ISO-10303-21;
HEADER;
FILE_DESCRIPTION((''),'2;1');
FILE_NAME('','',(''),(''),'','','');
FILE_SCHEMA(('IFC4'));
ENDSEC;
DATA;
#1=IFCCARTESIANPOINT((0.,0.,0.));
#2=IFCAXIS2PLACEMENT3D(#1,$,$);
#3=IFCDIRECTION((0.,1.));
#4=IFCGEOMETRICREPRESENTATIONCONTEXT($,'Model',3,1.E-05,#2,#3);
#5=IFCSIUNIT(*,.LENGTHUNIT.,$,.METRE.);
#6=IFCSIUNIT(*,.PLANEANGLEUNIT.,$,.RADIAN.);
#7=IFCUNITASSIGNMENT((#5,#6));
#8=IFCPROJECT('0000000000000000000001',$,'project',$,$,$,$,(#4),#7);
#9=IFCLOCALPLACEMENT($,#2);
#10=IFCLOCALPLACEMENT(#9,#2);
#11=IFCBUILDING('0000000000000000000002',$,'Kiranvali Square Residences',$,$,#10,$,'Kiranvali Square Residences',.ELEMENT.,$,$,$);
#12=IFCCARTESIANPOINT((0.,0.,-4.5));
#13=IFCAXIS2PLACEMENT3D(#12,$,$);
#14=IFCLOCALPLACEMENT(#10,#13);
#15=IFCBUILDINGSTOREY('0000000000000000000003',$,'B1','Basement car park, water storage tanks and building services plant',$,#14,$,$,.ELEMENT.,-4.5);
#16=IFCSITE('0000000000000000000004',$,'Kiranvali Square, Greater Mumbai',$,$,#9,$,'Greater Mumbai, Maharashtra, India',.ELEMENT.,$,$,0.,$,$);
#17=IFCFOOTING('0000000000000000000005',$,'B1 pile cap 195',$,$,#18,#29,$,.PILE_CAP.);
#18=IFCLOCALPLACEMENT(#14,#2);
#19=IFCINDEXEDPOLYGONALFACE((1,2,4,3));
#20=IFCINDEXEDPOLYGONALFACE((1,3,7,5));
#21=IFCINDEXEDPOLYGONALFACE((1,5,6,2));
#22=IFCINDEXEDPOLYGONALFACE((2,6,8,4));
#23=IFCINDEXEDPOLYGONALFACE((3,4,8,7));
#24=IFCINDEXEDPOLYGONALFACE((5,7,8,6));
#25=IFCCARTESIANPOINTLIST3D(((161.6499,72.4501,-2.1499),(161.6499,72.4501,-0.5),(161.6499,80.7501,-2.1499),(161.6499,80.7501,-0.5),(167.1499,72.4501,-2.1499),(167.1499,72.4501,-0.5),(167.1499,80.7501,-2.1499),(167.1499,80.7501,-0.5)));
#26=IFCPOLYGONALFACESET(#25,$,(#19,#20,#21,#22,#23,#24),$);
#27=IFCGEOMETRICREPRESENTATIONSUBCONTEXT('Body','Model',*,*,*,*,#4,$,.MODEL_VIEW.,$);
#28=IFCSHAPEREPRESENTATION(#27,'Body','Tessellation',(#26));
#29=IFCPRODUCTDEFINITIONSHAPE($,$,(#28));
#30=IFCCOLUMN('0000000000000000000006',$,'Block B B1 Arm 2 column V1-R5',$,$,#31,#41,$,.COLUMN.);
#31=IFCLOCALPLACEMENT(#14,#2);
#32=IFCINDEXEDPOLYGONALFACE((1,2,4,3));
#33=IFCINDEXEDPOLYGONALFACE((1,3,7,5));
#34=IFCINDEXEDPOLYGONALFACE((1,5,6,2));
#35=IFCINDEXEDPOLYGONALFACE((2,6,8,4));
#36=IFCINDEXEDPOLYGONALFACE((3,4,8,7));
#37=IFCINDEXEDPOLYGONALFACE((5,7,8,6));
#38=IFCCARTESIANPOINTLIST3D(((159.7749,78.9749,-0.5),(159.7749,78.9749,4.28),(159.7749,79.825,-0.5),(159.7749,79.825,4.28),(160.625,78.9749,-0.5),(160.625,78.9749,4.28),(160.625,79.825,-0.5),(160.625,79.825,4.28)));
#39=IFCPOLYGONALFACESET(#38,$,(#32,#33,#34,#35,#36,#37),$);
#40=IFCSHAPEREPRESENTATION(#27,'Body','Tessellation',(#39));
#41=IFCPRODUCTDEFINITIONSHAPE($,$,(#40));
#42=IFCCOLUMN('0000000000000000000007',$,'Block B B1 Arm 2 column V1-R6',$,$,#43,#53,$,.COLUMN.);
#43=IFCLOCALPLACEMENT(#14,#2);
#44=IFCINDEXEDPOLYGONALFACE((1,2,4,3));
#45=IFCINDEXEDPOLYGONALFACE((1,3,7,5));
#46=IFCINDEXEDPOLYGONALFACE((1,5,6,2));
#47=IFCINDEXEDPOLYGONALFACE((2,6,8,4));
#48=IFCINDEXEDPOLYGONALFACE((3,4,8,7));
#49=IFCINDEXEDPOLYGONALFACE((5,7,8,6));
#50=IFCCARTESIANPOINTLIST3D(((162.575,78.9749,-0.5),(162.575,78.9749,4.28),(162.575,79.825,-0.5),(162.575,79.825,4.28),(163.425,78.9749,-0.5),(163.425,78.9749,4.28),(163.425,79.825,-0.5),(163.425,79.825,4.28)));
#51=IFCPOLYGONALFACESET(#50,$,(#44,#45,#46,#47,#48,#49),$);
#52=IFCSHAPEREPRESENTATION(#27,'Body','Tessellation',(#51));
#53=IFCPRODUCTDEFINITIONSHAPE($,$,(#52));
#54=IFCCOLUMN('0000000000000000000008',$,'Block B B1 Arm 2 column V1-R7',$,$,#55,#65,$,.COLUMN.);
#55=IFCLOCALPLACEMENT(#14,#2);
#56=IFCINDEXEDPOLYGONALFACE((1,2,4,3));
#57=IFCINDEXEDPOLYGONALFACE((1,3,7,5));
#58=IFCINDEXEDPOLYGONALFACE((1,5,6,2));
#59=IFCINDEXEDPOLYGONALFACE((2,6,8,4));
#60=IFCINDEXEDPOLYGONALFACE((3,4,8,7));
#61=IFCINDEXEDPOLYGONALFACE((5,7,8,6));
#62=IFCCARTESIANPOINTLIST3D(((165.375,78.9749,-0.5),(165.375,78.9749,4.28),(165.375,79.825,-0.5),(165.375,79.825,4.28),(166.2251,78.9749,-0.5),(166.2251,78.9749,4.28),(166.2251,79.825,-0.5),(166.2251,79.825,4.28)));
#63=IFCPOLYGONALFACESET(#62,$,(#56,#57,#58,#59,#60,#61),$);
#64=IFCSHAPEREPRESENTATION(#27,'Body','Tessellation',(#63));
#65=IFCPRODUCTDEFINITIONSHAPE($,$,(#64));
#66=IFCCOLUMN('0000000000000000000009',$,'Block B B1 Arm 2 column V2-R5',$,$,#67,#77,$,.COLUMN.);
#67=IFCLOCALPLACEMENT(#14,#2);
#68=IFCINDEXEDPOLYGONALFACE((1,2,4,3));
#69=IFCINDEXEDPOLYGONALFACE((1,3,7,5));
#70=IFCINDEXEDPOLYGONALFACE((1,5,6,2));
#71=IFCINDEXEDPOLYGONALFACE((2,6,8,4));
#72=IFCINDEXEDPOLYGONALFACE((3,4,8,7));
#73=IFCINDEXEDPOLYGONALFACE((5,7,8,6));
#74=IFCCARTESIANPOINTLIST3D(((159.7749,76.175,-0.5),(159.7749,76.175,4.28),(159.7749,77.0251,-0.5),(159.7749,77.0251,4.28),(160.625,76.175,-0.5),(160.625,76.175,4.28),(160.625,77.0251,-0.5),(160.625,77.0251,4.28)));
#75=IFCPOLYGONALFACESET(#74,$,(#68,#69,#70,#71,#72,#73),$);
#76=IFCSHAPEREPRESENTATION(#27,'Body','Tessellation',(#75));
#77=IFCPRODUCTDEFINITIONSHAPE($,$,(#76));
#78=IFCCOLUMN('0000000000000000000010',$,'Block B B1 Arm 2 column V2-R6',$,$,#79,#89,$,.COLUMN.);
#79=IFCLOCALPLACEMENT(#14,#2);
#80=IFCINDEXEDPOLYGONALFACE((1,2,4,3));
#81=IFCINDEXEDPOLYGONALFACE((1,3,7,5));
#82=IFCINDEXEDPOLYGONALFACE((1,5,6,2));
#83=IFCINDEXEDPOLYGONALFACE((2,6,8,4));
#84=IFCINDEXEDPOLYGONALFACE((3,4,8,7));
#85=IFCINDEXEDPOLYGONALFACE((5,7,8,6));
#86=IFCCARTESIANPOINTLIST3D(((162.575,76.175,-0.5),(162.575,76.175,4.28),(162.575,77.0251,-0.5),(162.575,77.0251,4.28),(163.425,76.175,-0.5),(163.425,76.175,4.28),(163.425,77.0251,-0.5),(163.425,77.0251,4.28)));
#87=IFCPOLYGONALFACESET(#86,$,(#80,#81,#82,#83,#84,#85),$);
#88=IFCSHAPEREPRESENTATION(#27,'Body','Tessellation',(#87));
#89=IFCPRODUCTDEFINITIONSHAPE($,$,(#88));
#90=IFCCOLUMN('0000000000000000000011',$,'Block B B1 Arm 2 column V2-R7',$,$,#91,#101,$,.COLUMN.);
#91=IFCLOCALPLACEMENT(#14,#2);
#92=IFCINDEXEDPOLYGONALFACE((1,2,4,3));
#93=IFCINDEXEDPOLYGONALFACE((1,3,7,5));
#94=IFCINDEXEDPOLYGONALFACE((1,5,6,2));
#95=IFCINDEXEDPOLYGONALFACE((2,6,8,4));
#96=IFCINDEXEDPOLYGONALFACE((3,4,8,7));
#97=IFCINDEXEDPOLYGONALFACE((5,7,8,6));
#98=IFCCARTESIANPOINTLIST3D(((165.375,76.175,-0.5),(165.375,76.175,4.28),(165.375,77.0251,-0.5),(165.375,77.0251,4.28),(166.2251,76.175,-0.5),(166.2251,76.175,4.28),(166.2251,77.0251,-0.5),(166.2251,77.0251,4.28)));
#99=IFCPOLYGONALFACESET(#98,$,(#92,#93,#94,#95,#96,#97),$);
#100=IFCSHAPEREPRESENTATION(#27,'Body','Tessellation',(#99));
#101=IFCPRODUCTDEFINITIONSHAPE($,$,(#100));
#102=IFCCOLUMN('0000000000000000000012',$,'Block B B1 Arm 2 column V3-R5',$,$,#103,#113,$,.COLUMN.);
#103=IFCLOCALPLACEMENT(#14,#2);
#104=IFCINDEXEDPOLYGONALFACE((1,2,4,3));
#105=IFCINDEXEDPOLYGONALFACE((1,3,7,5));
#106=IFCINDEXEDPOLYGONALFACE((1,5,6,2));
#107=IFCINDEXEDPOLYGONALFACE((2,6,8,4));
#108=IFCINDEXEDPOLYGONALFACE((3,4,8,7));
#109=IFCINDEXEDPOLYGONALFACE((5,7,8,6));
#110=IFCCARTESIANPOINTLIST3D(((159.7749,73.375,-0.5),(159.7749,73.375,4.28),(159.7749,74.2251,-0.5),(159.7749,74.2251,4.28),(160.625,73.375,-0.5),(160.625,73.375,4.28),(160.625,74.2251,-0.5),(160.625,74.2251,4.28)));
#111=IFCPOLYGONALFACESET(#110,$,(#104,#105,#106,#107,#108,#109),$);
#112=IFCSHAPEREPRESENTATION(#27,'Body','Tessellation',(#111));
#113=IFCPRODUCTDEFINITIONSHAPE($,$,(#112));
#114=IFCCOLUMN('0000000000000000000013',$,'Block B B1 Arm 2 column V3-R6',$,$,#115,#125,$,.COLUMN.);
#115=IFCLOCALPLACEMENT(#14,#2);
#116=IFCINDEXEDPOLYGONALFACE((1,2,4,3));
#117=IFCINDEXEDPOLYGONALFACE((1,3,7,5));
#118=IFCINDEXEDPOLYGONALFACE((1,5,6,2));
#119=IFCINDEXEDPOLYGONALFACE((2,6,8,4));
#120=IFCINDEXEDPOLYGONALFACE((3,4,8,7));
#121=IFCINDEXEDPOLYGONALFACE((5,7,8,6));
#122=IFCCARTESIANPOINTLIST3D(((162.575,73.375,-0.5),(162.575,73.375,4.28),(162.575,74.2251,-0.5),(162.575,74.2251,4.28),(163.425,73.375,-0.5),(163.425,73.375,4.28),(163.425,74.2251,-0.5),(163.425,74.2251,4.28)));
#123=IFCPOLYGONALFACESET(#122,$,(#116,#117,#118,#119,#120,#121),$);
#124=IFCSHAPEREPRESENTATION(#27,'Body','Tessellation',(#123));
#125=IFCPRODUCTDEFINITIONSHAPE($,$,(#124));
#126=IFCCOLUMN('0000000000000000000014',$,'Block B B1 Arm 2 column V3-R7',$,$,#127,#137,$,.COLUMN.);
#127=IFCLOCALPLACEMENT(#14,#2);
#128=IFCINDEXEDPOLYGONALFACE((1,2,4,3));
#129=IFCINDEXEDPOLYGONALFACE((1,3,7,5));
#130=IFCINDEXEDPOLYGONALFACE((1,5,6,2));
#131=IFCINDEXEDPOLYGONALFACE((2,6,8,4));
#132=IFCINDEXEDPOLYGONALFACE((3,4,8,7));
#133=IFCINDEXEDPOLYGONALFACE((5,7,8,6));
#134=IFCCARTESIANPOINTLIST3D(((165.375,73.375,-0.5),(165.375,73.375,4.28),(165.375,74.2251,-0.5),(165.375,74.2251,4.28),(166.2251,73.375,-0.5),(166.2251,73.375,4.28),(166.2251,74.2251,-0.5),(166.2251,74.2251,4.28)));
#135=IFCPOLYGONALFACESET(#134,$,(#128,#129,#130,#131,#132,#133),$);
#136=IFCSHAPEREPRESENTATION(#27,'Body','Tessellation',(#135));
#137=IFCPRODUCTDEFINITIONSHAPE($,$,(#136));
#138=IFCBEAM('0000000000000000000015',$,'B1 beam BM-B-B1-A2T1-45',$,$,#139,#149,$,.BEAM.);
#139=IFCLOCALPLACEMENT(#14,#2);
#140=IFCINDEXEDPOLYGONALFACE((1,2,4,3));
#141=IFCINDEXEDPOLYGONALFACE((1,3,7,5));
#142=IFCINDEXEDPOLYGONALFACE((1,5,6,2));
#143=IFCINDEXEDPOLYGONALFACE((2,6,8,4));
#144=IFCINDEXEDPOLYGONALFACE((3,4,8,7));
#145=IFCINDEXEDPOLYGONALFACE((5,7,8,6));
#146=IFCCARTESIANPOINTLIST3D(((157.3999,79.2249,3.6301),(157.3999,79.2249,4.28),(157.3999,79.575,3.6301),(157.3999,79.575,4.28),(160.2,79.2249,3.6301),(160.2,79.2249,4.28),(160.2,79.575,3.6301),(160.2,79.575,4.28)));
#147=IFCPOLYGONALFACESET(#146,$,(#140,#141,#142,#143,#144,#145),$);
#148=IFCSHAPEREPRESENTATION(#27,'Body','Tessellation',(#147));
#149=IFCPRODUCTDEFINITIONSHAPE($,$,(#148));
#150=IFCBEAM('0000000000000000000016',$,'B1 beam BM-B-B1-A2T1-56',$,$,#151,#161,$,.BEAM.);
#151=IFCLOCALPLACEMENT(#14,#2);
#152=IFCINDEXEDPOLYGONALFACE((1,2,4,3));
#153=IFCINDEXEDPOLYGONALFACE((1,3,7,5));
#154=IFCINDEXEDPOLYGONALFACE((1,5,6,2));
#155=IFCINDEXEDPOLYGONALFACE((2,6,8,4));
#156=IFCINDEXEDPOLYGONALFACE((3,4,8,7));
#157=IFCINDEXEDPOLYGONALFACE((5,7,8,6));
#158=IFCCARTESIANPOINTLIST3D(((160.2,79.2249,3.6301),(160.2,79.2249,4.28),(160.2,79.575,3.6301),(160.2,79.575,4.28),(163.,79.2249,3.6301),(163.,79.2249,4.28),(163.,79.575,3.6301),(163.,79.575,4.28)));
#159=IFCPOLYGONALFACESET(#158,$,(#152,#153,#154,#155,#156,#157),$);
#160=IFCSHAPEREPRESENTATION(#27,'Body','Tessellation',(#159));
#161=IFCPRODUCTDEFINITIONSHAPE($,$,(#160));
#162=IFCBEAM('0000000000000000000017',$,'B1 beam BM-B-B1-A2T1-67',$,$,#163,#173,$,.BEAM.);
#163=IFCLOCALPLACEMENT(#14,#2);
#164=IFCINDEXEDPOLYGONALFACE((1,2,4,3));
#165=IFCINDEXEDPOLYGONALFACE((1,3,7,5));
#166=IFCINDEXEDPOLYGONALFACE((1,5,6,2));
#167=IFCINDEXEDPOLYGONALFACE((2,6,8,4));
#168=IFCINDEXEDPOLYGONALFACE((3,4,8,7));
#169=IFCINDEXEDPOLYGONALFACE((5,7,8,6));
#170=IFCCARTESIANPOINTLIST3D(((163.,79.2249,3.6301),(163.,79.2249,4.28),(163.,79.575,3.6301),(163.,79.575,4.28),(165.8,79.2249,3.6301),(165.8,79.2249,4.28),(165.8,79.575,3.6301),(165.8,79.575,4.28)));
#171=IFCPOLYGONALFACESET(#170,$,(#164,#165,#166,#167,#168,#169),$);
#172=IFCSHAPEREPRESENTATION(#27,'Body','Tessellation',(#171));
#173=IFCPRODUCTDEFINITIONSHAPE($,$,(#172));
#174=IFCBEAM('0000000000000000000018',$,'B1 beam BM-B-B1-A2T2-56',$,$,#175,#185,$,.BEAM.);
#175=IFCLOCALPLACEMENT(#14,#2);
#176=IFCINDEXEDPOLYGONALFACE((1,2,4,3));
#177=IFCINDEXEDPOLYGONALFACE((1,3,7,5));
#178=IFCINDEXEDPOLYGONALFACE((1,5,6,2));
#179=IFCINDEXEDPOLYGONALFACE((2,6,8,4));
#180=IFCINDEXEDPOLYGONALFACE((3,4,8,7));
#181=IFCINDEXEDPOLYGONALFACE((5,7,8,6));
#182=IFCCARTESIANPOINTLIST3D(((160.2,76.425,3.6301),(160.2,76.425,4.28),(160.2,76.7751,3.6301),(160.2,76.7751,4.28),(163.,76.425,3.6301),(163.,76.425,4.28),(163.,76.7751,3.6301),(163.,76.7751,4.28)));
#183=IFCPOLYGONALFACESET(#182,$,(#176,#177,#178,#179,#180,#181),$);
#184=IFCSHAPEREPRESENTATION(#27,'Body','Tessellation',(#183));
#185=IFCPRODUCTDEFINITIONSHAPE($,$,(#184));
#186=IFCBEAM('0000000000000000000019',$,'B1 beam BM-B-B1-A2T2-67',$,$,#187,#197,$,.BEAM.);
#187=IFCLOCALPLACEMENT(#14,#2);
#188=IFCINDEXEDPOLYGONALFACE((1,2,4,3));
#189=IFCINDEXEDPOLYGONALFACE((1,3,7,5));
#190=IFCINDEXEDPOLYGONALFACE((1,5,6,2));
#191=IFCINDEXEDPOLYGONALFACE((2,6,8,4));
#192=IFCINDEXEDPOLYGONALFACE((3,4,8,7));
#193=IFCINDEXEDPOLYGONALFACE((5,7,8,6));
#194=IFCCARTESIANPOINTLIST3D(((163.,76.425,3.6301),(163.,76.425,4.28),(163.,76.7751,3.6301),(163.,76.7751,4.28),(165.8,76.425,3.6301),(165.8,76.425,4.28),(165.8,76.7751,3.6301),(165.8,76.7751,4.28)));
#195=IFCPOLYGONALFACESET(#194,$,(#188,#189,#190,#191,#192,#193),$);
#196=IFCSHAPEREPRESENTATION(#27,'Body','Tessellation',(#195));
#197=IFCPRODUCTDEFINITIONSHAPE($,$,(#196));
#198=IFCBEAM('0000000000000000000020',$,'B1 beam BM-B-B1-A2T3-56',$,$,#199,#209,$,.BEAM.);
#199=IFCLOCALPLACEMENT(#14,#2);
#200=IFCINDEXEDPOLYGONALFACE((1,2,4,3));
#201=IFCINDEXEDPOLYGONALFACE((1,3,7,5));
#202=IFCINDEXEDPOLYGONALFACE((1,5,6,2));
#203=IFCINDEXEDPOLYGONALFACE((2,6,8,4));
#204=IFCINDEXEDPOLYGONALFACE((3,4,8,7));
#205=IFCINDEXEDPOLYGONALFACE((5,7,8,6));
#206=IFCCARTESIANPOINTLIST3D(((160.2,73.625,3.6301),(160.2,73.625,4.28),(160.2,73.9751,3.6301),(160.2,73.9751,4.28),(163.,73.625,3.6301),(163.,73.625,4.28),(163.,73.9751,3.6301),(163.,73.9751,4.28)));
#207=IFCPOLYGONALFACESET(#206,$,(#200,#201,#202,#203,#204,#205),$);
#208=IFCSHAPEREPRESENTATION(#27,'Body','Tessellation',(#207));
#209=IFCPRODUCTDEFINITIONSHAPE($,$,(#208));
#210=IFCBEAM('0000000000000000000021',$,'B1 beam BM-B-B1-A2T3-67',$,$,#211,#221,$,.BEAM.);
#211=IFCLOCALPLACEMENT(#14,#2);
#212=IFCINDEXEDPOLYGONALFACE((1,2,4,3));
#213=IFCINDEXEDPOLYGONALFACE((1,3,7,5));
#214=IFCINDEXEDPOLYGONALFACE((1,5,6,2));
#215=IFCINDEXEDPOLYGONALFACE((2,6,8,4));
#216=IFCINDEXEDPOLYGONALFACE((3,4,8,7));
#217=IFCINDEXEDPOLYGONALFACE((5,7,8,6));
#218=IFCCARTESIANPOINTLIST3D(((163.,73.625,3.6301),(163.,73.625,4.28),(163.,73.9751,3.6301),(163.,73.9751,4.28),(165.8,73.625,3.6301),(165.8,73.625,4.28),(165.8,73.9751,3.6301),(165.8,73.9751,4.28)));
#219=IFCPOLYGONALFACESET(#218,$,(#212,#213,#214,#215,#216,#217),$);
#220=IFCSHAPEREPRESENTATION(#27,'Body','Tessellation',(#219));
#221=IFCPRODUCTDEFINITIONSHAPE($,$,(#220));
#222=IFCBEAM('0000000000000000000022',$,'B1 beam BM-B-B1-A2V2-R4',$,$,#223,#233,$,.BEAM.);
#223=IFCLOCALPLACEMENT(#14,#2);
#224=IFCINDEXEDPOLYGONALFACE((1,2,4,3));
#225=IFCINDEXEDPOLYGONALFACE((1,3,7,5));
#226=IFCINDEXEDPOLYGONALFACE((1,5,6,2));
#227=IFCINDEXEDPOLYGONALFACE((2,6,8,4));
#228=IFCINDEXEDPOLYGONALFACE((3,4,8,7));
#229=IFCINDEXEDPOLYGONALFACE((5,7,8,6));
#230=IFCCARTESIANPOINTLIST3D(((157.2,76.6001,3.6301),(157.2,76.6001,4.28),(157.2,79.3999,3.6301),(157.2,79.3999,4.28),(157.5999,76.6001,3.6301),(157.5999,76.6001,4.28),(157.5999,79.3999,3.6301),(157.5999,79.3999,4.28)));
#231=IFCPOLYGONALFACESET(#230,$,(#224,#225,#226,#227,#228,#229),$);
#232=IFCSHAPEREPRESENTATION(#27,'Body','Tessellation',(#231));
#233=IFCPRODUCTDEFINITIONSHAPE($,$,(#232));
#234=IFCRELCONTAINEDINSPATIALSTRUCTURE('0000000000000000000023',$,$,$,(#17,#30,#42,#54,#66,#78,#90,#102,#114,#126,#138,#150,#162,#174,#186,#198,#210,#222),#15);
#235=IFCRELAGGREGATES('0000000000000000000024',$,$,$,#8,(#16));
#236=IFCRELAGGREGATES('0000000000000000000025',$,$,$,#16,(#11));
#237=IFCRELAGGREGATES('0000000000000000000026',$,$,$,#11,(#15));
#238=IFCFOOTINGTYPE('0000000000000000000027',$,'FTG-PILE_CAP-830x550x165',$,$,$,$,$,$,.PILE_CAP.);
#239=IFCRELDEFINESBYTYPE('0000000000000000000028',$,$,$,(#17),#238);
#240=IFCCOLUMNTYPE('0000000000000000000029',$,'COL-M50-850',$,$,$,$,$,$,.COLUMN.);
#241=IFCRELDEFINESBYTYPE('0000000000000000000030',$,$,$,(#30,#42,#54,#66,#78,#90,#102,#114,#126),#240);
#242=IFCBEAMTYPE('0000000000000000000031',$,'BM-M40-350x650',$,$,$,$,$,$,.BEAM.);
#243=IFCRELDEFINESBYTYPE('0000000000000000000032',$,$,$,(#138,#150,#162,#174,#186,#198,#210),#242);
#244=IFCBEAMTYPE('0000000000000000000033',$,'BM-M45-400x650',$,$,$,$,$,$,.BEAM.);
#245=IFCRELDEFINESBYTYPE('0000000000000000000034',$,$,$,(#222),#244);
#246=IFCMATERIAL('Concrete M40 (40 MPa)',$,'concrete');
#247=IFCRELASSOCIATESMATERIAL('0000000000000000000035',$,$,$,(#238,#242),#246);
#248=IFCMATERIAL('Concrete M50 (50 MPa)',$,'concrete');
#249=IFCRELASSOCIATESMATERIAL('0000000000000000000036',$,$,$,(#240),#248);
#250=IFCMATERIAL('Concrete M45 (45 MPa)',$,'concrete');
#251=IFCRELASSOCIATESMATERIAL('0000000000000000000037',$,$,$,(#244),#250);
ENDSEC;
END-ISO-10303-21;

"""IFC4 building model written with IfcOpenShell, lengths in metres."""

from ifc_helpers import new_model, si_unit, direction, frame, origin, origin_2d, place, context, subcontext, project, spatial, rectangle, extrude, material, material_profile, profile_set, type_object, element, save


model = new_model("IFC4")

# Units and contexts
model_context = context("Model", 3, precision=1e-05, world=origin(), true_north=direction((0.0, 1.0)))
body_context = subcontext(model_context, "Body", "Model", "MODEL_VIEW")
ifc_project = project(units=[si_unit("LENGTHUNIT", "METRE"), si_unit("PLANEANGLEUNIT", "RADIAN")], contexts=[model_context])

# Site, building, storey
site_placement = place(None, origin())
site = spatial("IfcSite", under=ifc_project, at=site_placement, Name="Kiranvali Square, Greater Mumbai", LongName="Greater Mumbai, Maharashtra, India", CompositionType="ELEMENT", RefElevation=0.0)
building_placement = place(site_placement, origin())
building = spatial("IfcBuilding", under=site, at=building_placement, Name="Kiranvali Square Residences", LongName="Kiranvali Square Residences", CompositionType="ELEMENT")
storey_placement = place(building_placement, frame((0.0, 0.0, -4.5)))
storey = spatial("IfcBuildingStorey", under=building, at=storey_placement, Name="B1", Description="Basement car park, water storage tanks and building services plant", CompositionType="ELEMENT", Elevation=-4.5)

# Footing
ifc_material_1 = material(Name="Concrete M40 (40 MPa)", Category="concrete")
footing_type = type_object("IfcFootingType", Name="FTG-PILE_CAP-830x550x165", PredefinedType="PILE_CAP", material=ifc_material_1)
footing_placement = place(storey_placement, frame((164.3999, 76.6001, -2.1499), z_axis=(0.0, 0.0, 1.0), x_axis=(0.0, 1.0, 0.0)))
element("IfcFooting", 1, at=footing_placement, inside=storey, type_object=footing_type, Name="B1 pile cap 195", PredefinedType="PILE_CAP", context=body_context, shape_type="SweptSolid", body=[
    extrude(rectangle(XDim=8.3, YDim=5.5, at=origin_2d()), origin(), (0.0, 0.0, 1.0), 1.6499),
])

# Columns
ifc_material_2 = material(Name="Concrete M50 (50 MPa)", Category="concrete")
ifc_material_profile_1 = material_profile(ifc_material_2, rectangle(XDim=0.8501, YDim=0.8501, at=origin_2d()), Name="RC 850x850")
ifc_profile_set_1 = profile_set([ifc_material_profile_1], Name="Concrete M50 (50 MPa)")
column_type = type_object("IfcColumnType", Name="COL-M50-850", PredefinedType="COLUMN", material=ifc_profile_set_1)
for number, where, z_axis, x_axis, name in (
    (2, (160.2, 79.3999, -0.5), (0.0, 0.0, 1.0), (1.0, 0.0, 0.0), "Block B B1 Arm 2 column V1-R5"),
    (3, (163.0, 79.3999, -0.5), (0.0, 0.0, 1.0), (1.0, 0.0, 0.0), "Block B B1 Arm 2 column V1-R6"),
    (4, (165.8, 79.3999, -0.5), (0.0, 0.0, 1.0), (1.0, 0.0, 0.0), "Block B B1 Arm 2 column V1-R7"),
    (5, (160.2, 76.6001, -0.5), (0.0, 0.0, 1.0), (1.0, 0.0, 0.0), "Block B B1 Arm 2 column V2-R5"),
    (6, (163.0, 76.6001, -0.5), (0.0, 0.0, 1.0), (1.0, 0.0, 0.0), "Block B B1 Arm 2 column V2-R6"),
    (7, (165.8, 76.6001, -0.5), (0.0, 0.0, 1.0), (1.0, 0.0, 0.0), "Block B B1 Arm 2 column V2-R7"),
    (8, (160.2, 73.8, -0.5), (0.0, 0.0, 1.0), (1.0, 0.0, 0.0), "Block B B1 Arm 2 column V3-R5"),
    (9, (163.0, 73.8, -0.5), (0.0, 0.0, 1.0), (1.0, 0.0, 0.0), "Block B B1 Arm 2 column V3-R6"),
    (10, (165.8, 73.8, -0.5), (0.0, 0.0, 1.0), (1.0, 0.0, 0.0), "Block B B1 Arm 2 column V3-R7"),
):
    element("IfcColumn", number, at=place(storey_placement, frame(where, z_axis=z_axis, x_axis=x_axis)), inside=storey, type_object=column_type, Name=name, PredefinedType="COLUMN", context=body_context, shape_type="SweptSolid", body=[
        extrude(rectangle(XDim=0.8501, YDim=0.8501, at=origin_2d()), origin(), (0.0, 0.0, 1.0), 4.78),
    ])

# Beams
ifc_material_profile_2 = material_profile(ifc_material_1, rectangle(XDim=0.3501, YDim=0.6499, at=origin_2d()), Name="RC 350x650")
ifc_profile_set_2 = profile_set([ifc_material_profile_2], Name="Concrete M40 (40 MPa)")
beam_type_1 = type_object("IfcBeamType", Name="BM-M40-350x650", PredefinedType="BEAM", material=ifc_profile_set_2)
for number, where, z_axis, x_axis, name in (
    (11, (157.3999, 79.3999, 3.9551), (1.0, 0.0, 0.0), (0.0, 1.0, 0.0), "B1 beam BM-B-B1-A2T1-45"),
    (12, (160.2, 79.3999, 3.9551), (1.0, 0.0, 0.0), (0.0, 1.0, 0.0), "B1 beam BM-B-B1-A2T1-56"),
    (13, (163.0, 79.3999, 3.9551), (1.0, 0.0, 0.0), (0.0, 1.0, 0.0), "B1 beam BM-B-B1-A2T1-67"),
    (14, (160.2, 76.6001, 3.9551), (1.0, 0.0, 0.0), (0.0, 1.0, 0.0), "B1 beam BM-B-B1-A2T2-56"),
    (15, (163.0, 76.6001, 3.9551), (1.0, 0.0, 0.0), (0.0, 1.0, 0.0), "B1 beam BM-B-B1-A2T2-67"),
    (16, (160.2, 73.8, 3.9551), (1.0, 0.0, 0.0), (0.0, 1.0, 0.0), "B1 beam BM-B-B1-A2T3-56"),
    (17, (163.0, 73.8, 3.9551), (1.0, 0.0, 0.0), (0.0, 1.0, 0.0), "B1 beam BM-B-B1-A2T3-67"),
):
    element("IfcBeam", number, at=place(storey_placement, frame(where, z_axis=z_axis, x_axis=x_axis)), inside=storey, type_object=beam_type_1, Name=name, PredefinedType="BEAM", context=body_context, shape_type="SweptSolid", body=[
        extrude(rectangle(XDim=0.3501, YDim=0.6499, at=origin_2d()), origin(), (0.0, 0.0, 1.0), 2.8),
    ])
ifc_material_3 = material(Name="Concrete M45 (45 MPa)", Category="concrete")
ifc_material_profile_3 = material_profile(ifc_material_3, rectangle(XDim=0.3999, YDim=0.6499, at=origin_2d()), Name="RC 400x650")
ifc_profile_set_3 = profile_set([ifc_material_profile_3], Name="Concrete M45 (45 MPa)")
beam_type_2 = type_object("IfcBeamType", Name="BM-M45-400x650", PredefinedType="BEAM", material=ifc_profile_set_3)
for number, where, z_axis, x_axis, name in (
    (18, (157.3999, 79.3999, 3.9551), (0.0, -1.0, 0.0), (1.0, 0.0, 0.0), "B1 beam BM-B-B1-A2V2-R4"),
):
    element("IfcBeam", number, at=place(storey_placement, frame(where, z_axis=z_axis, x_axis=x_axis)), inside=storey, type_object=beam_type_2, Name=name, PredefinedType="BEAM", context=body_context, shape_type="SweptSolid", body=[
        extrude(rectangle(XDim=0.3999, YDim=0.6499, at=origin_2d()), origin(), (0.0, 0.0, 1.0), 2.7998),
    ])

save(model, "model.ifc")
